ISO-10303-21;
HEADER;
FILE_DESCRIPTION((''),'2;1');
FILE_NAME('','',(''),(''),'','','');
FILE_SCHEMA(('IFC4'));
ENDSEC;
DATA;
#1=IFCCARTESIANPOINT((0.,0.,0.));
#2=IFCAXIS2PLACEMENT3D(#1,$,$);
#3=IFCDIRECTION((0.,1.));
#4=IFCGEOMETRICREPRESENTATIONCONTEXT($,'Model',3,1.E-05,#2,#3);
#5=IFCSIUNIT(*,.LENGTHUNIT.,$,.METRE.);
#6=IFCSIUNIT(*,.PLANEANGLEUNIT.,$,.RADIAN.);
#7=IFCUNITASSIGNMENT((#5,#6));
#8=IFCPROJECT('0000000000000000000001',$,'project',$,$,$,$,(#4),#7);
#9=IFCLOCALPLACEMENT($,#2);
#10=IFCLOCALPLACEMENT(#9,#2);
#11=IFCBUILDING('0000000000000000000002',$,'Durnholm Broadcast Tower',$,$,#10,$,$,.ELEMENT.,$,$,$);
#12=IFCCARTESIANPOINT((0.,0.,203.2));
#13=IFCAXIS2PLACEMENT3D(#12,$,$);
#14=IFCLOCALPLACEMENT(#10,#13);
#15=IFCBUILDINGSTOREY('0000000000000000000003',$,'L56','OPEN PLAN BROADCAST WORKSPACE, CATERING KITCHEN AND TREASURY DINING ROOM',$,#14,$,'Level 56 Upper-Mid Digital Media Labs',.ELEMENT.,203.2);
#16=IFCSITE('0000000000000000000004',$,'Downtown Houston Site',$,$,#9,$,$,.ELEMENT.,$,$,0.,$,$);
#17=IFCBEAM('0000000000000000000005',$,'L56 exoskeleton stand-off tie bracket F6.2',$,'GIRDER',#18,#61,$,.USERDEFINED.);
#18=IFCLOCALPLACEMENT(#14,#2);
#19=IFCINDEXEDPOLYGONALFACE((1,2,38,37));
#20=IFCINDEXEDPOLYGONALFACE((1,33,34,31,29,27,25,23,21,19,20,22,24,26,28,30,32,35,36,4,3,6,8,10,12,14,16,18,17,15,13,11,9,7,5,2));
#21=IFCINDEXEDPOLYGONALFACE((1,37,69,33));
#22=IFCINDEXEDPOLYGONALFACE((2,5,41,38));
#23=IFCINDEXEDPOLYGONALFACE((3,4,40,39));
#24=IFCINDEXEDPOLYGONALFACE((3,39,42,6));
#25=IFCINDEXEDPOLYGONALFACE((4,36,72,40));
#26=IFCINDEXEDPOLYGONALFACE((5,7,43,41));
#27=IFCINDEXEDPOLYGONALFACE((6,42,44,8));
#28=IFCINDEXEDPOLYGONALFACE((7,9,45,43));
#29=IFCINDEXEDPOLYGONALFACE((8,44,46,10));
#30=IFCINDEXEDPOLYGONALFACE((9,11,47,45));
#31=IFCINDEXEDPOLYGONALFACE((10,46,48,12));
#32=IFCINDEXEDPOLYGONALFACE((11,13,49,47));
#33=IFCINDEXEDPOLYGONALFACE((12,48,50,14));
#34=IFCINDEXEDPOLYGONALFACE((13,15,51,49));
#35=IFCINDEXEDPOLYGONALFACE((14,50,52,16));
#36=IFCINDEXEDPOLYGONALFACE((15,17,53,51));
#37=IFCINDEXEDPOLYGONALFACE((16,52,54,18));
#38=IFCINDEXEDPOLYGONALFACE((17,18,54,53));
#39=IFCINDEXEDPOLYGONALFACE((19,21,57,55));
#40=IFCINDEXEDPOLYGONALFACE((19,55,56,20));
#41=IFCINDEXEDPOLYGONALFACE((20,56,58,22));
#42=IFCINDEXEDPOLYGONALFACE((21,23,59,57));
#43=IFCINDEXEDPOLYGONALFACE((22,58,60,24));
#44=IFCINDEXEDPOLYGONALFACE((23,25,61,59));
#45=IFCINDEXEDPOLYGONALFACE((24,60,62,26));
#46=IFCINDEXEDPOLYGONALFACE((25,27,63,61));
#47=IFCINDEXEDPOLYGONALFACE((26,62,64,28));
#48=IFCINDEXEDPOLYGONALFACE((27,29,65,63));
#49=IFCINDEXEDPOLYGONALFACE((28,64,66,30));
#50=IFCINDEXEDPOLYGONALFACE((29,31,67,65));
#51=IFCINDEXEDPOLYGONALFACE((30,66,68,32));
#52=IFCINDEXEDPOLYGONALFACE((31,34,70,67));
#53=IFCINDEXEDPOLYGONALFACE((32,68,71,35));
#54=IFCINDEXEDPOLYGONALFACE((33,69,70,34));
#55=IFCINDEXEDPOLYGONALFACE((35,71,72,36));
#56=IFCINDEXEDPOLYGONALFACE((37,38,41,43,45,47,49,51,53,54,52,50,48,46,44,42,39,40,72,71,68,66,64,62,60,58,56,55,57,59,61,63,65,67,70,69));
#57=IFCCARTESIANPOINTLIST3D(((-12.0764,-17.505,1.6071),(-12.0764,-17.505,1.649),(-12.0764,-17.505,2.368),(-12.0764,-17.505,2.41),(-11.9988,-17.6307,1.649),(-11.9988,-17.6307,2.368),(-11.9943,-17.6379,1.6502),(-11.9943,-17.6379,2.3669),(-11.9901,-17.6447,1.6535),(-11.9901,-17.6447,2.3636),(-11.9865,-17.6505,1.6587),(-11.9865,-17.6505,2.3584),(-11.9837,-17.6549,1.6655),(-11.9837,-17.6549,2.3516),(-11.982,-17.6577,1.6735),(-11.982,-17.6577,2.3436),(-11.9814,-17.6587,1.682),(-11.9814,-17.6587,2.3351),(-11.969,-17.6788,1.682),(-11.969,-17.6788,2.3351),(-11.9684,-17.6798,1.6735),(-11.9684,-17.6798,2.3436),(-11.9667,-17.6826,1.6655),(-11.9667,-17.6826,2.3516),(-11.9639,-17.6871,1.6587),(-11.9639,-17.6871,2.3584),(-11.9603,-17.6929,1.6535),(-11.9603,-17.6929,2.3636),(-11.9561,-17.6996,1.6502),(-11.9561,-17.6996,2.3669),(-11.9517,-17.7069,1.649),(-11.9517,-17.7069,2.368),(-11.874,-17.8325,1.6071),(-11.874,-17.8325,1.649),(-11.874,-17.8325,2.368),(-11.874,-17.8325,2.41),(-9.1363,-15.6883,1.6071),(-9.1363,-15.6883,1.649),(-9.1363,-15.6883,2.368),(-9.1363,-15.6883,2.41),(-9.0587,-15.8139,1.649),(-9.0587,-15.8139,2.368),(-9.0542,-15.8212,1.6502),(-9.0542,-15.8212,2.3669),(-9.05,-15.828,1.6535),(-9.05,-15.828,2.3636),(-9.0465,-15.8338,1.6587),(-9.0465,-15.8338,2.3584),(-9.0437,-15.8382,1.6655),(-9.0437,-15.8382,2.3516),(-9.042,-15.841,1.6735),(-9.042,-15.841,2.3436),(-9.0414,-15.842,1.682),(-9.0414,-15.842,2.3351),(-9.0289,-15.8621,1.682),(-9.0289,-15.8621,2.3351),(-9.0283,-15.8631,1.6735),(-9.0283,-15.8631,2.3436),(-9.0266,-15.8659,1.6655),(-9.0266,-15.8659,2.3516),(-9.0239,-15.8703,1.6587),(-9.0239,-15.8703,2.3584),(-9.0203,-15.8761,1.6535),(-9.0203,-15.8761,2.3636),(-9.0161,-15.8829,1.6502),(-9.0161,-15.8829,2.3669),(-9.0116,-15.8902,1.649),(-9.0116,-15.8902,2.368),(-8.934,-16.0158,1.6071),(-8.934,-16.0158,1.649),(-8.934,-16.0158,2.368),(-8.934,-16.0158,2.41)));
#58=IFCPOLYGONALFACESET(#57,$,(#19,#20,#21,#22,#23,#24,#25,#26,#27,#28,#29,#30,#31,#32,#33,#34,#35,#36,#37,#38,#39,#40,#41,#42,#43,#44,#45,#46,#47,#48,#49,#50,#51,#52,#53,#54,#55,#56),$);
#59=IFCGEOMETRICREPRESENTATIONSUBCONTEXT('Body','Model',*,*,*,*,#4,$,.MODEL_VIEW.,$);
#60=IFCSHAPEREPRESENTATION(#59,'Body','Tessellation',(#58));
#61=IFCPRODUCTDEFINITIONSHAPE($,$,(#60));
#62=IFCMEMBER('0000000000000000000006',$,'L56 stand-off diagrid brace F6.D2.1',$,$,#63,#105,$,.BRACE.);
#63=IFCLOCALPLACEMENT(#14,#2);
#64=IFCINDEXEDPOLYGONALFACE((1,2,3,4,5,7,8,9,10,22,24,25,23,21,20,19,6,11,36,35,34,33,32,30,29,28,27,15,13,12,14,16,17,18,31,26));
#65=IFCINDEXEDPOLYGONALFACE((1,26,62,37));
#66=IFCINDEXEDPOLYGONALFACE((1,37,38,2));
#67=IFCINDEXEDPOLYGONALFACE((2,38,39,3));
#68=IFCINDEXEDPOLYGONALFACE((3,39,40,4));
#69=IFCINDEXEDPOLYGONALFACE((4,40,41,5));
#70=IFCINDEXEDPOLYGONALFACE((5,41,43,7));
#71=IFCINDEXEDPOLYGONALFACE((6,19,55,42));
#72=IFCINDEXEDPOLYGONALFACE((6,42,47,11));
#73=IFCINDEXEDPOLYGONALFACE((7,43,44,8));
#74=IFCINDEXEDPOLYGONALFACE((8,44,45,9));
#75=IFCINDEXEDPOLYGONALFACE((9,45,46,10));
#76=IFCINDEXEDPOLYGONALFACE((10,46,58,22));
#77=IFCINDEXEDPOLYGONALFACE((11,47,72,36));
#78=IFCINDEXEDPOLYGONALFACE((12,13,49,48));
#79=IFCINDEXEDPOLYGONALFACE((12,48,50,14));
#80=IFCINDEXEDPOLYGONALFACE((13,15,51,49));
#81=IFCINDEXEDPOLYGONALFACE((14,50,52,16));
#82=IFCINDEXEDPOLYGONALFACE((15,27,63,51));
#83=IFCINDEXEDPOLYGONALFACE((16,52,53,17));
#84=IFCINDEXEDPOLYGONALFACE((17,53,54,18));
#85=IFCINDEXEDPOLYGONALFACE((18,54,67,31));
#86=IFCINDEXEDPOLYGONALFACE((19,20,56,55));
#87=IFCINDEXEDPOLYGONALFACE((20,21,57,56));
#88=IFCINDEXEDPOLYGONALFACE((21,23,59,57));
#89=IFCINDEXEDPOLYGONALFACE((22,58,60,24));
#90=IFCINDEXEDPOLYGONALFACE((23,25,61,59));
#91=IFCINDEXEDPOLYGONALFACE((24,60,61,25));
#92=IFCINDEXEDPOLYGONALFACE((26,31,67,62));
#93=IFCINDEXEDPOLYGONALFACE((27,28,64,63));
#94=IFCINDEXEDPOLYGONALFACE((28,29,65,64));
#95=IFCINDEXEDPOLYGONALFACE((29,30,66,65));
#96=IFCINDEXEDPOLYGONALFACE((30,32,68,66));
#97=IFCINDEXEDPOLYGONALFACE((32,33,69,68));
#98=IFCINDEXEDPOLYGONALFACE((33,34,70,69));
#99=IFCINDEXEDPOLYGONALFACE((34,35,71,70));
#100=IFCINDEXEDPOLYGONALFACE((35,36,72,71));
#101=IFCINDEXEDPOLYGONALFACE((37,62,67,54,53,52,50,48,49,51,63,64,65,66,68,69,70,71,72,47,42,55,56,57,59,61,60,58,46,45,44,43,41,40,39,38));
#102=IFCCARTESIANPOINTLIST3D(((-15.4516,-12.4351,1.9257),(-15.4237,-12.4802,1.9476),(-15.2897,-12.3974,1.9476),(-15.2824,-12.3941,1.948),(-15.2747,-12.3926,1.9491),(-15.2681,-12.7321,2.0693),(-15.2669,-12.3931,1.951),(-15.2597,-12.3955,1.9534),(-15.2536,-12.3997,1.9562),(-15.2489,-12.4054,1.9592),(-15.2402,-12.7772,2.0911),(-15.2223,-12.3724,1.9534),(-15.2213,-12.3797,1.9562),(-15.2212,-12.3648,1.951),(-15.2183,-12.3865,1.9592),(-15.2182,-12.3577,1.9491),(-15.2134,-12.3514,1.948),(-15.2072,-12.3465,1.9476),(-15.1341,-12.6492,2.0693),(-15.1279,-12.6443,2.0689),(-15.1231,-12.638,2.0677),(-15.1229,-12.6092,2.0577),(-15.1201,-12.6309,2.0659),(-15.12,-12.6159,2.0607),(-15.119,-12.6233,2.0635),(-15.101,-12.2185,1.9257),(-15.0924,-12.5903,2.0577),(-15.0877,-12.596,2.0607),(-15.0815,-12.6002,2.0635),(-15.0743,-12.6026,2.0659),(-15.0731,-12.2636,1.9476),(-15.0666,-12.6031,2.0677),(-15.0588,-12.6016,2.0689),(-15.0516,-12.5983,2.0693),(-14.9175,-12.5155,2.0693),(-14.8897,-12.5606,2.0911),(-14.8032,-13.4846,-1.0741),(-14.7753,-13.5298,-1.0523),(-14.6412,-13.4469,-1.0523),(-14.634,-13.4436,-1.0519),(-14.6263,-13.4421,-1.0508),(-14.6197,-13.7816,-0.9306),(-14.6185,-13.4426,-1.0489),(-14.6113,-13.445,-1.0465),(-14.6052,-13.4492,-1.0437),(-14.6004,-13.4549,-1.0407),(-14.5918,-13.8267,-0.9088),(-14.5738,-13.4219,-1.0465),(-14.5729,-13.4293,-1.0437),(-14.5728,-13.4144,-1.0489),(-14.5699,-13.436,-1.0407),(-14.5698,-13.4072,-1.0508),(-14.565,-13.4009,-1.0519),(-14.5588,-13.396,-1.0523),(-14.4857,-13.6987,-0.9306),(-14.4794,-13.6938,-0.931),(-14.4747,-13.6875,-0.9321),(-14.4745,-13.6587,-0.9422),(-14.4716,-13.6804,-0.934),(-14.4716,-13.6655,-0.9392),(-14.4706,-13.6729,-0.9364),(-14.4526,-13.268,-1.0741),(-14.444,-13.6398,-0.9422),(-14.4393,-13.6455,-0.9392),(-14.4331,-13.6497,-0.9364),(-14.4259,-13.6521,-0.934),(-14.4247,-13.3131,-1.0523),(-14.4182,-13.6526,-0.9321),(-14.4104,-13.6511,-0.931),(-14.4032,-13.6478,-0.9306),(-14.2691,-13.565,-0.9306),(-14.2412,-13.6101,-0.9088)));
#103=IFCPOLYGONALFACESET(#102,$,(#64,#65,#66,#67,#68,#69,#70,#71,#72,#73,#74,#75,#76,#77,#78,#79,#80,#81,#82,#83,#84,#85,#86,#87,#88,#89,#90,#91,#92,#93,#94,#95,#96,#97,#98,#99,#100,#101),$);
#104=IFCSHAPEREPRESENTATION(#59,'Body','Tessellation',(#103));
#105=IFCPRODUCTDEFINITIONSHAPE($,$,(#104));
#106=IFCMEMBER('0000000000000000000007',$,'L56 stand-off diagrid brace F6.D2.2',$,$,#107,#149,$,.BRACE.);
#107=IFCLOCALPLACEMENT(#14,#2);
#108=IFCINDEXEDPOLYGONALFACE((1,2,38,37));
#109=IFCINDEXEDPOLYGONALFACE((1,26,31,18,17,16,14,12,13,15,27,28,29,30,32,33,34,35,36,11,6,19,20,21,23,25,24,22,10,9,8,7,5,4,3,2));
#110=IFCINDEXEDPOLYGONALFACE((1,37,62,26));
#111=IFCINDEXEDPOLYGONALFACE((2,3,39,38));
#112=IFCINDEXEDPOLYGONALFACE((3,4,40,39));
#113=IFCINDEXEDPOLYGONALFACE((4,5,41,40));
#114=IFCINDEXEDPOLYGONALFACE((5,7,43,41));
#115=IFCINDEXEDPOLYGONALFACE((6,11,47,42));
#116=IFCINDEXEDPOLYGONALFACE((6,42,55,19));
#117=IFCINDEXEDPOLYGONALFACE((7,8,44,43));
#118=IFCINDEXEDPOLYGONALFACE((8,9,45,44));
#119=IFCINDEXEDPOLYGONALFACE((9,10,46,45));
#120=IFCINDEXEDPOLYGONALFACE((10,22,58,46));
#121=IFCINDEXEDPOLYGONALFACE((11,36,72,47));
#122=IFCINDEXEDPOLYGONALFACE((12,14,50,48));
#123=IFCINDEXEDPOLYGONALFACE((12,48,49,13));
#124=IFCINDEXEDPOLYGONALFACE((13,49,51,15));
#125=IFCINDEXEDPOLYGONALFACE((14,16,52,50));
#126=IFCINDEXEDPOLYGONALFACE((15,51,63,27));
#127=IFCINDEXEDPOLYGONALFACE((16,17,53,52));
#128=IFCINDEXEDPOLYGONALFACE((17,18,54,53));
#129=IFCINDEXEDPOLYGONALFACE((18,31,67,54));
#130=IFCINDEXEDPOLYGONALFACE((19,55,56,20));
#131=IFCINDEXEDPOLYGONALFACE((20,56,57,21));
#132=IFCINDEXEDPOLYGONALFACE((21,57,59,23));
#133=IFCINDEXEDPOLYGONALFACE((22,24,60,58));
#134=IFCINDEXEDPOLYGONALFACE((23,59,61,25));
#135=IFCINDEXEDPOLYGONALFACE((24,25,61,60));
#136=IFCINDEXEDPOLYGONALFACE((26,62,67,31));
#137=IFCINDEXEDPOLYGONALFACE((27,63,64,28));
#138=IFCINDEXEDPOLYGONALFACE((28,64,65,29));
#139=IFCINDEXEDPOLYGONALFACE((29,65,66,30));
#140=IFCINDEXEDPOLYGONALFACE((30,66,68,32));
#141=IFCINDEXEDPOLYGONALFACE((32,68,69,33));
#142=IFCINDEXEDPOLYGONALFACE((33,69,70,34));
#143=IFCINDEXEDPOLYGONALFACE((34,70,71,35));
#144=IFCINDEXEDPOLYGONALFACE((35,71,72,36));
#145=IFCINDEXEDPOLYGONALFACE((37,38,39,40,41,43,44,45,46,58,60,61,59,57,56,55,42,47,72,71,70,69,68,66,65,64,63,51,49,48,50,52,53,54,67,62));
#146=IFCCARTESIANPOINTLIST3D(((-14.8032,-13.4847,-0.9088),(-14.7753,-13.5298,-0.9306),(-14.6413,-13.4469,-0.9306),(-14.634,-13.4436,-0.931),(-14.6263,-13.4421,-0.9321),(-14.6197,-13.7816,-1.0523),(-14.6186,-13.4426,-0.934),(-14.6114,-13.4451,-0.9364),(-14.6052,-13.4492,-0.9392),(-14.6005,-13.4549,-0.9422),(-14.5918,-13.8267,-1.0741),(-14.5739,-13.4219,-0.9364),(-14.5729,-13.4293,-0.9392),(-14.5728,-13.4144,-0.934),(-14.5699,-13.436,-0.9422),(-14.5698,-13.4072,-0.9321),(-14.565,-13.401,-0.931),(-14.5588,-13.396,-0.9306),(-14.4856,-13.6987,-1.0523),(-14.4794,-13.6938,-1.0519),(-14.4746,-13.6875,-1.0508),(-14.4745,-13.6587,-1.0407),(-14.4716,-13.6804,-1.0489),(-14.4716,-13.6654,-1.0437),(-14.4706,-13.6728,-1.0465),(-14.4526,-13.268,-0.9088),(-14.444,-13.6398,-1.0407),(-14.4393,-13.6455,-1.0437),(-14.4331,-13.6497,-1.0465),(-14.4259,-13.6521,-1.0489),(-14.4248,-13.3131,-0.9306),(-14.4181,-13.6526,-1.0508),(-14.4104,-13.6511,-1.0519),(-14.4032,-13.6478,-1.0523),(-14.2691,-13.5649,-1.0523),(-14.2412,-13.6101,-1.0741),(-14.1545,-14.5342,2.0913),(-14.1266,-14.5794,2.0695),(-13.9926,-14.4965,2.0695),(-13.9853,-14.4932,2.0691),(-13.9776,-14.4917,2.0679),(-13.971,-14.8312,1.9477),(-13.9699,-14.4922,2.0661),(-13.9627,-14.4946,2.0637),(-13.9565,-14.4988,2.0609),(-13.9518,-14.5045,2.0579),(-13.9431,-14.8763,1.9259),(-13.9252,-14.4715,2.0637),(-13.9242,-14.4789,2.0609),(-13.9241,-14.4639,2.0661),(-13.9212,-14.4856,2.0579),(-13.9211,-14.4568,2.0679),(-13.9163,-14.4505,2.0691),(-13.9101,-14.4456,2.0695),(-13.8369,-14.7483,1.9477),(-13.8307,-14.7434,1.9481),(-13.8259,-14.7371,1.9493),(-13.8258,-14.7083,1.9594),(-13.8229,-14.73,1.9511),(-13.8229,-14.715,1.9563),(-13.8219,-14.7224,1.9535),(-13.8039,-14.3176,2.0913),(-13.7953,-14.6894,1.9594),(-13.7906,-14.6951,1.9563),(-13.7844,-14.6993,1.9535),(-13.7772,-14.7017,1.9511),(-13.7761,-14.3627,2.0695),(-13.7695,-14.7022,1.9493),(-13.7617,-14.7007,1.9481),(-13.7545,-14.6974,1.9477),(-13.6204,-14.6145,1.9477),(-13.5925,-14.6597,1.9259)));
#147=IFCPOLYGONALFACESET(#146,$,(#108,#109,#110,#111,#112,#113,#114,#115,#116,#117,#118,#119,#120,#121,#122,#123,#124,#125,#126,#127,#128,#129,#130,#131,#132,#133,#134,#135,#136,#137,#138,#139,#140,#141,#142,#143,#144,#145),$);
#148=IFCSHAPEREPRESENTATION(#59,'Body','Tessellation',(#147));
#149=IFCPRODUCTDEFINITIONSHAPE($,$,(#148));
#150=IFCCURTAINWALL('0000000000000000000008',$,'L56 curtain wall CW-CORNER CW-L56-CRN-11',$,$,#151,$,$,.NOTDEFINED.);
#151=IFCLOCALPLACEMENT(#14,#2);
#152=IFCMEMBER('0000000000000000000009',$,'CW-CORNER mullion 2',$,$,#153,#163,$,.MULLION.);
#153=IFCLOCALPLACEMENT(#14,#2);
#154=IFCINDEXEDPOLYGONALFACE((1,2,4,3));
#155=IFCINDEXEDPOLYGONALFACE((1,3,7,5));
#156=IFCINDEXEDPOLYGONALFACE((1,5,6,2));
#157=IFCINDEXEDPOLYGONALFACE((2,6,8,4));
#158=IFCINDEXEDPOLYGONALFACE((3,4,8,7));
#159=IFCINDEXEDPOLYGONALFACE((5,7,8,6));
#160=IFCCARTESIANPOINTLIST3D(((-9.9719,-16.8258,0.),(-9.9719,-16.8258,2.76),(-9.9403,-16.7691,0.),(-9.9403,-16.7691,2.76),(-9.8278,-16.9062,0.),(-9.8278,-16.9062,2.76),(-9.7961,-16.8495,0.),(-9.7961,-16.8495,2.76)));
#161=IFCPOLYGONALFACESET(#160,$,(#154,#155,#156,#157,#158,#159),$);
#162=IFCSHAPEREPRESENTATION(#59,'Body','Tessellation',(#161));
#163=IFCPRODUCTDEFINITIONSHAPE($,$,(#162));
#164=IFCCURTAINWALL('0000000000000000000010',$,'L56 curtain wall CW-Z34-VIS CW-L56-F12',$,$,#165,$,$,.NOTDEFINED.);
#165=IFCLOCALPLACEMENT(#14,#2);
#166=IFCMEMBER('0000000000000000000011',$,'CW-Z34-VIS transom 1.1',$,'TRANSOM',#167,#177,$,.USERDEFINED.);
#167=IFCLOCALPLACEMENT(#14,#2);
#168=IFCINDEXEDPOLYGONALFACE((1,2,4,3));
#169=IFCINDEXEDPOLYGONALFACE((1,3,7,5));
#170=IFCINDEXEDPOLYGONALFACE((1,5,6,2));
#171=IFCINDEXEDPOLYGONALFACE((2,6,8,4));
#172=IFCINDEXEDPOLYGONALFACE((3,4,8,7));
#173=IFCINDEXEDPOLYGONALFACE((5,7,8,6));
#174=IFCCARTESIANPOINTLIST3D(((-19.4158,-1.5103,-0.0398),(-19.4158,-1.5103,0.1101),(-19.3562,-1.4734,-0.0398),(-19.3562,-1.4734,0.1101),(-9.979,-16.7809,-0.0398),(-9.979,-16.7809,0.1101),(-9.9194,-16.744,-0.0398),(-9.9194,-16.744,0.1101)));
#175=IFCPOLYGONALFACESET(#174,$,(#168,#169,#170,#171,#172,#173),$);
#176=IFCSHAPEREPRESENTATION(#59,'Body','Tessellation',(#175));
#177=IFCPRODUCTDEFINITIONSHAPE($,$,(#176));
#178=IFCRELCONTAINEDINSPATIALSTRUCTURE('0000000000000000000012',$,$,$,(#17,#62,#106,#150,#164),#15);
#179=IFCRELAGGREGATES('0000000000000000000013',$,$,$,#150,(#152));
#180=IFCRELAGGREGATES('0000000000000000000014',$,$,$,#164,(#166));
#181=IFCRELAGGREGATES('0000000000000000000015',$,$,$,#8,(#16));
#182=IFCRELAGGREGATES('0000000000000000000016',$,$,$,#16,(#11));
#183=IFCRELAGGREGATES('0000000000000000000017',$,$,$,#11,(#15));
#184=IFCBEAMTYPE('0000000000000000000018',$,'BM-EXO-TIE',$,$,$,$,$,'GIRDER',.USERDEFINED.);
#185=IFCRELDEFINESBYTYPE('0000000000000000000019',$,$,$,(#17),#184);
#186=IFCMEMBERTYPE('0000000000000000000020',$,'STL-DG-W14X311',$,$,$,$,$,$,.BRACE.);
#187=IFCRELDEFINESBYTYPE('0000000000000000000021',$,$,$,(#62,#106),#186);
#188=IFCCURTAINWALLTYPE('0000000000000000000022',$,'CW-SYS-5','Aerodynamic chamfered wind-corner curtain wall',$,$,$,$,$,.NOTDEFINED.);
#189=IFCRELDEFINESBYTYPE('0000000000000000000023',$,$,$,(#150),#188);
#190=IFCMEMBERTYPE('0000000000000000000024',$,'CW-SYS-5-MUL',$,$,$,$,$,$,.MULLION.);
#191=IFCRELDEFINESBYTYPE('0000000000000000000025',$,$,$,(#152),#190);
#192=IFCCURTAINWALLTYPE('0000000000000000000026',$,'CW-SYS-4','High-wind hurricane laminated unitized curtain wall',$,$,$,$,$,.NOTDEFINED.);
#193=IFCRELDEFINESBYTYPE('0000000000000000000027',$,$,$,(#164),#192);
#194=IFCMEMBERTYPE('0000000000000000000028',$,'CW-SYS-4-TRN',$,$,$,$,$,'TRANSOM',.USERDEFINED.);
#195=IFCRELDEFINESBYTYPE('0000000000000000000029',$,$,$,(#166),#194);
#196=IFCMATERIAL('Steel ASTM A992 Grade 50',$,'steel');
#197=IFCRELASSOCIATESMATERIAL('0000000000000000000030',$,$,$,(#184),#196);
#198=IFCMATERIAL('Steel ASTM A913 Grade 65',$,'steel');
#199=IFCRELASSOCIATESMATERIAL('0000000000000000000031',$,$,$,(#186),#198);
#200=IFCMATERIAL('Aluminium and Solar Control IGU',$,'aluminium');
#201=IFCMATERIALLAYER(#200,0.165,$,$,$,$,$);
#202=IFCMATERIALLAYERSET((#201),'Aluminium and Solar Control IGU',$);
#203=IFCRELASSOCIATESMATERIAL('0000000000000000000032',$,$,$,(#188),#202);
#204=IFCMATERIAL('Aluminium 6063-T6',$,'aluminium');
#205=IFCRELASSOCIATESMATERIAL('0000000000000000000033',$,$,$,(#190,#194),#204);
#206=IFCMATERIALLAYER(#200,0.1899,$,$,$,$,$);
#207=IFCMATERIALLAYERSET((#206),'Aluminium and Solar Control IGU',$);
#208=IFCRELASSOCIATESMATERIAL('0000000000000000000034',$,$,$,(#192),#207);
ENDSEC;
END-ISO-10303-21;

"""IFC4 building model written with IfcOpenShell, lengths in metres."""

from ifc_helpers import new_model, si_unit, direction, frame, origin, origin_2d, place, context, subcontext, project, spatial, rectangle, i_section, extrude, source, transform, mapped, material, layer, layer_set, material_profile, profile_set, type_object, type_shapes, element, aggregate, save


model = new_model("IFC4")

# Units and contexts
model_context = context("Model", 3, precision=1e-05, world=origin(), true_north=direction((0.0, 1.0)))
body_context = subcontext(model_context, "Body", "Model", "MODEL_VIEW")
ifc_project = project(units=[si_unit("LENGTHUNIT", "METRE"), si_unit("PLANEANGLEUNIT", "RADIAN")], contexts=[model_context])

# Site, building, storey
site_placement = place(None, origin())
site = spatial("IfcSite", under=ifc_project, at=site_placement, Name="Downtown Houston Site", CompositionType="ELEMENT", RefElevation=0.0)
building_placement = place(site_placement, origin())
building = spatial("IfcBuilding", under=site, at=building_placement, Name="Durnholm Broadcast Tower", CompositionType="ELEMENT")
storey_placement = place(building_placement, frame((0.0, 0.0, 203.2)))
storey = spatial("IfcBuildingStorey", under=building, at=storey_placement, Name="L56", Description="OPEN PLAN BROADCAST WORKSPACE, CATERING KITCHEN AND TREASURY DINING ROOM", LongName="Level 56 Upper-Mid Digital Media Labs", CompositionType="ELEMENT", Elevation=203.2)

# Beam
ifc_material_1 = material(Name="Steel ASTM A992 Grade 50", Category="steel")
ifc_material_profile_1 = material_profile(ifc_material_1, i_section(OverallWidth=0.385, OverallDepth=0.803, WebThickness=0.0237, FlangeThickness=0.042, FilletRadius=0.033, at=origin_2d()), Name="W30X261")
ifc_profile_set_1 = profile_set([ifc_material_profile_1], Name="Steel ASTM A992 Grade 50")
beam_type = type_object("IfcBeamType", Name="BM-EXO-TIE", ElementType="GIRDER", PredefinedType="USERDEFINED", material=ifc_profile_set_1)
shared_shape_1 = source(origin(), body_context, "Body", "SweptSolid", [
    extrude(i_section(OverallWidth=0.385, OverallDepth=0.803, WebThickness=0.0237, FlangeThickness=0.042, FilletRadius=0.033, at=origin_2d()), origin(), (0.0, 0.0, 1.0), 3.4561),
])
type_shapes(beam_type, [shared_shape_1])
beam_placement = place(storey_placement, frame((-9.0352, -15.8521, 2.0085), z_axis=(-0.850694, -0.525661, 0.0), x_axis=(0.525661, -0.850694, 0.0)))
element("IfcBeam", 1, at=beam_placement, inside=storey, type_object=beam_type, Name="L56 exoskeleton stand-off tie bracket F6.2", ObjectType="GIRDER", PredefinedType="USERDEFINED", context=body_context, shape_type="MappedRepresentation", body=[
    mapped(shared_shape_1, transform((0.0, 0.0, 0.0), x_axis=(1.0, 0.0, 0.0), y_axis=(0.0, 1.0, 0.0), z_axis=(0.0, 0.0, 1.0), scale=1.0)),
])

# Members
ifc_material_2 = material(Name="Steel ASTM A913 Grade 65", Category="steel")
ifc_material_profile_2 = material_profile(ifc_material_2, i_section(OverallWidth=0.4121, OverallDepth=0.4348, WebThickness=0.0359, FlangeThickness=0.0574, FilletRadius=0.0305, at=origin_2d()), Name="W14X311")
ifc_profile_set_2 = profile_set([ifc_material_profile_2], Name="Steel ASTM A913 Grade 65")
member_type_1 = type_object("IfcMemberType", Name="STL-DG-W14X311", PredefinedType="BRACE", material=ifc_profile_set_2)
shared_shape_2 = source(origin(), body_context, "Body", "SweptSolid", [
    extrude(i_section(OverallWidth=0.4121, OverallDepth=0.4348, WebThickness=0.0359, FlangeThickness=0.0574, FilletRadius=0.0305, at=origin_2d()), origin(), (0.0, 0.0, 1.0), 3.2437),
])
member_1_placement = place(storey_placement, frame((-14.5222, -13.5474, -0.9915), z_axis=(-0.199902, 0.323562, 0.92485), x_axis=(-0.850733, -0.525598, 0.0)))
element("IfcMember", 2, at=member_1_placement, inside=storey, type_object=member_type_1, Name="L56 stand-off diagrid brace F6.D2.1", PredefinedType="BRACE", context=body_context, shape_type="MappedRepresentation", body=[
    mapped(shared_shape_2, transform((0.0, 0.0, 0.0), x_axis=(1.0, 0.0, 0.0), y_axis=(0.0, 1.0, 0.0), z_axis=(0.0, 0.0, 1.0), scale=1.0)),
])
shared_shape_3 = source(origin(), body_context, "Body", "SweptSolid", [
    extrude(i_section(OverallWidth=0.4121, OverallDepth=0.4348, WebThickness=0.0359, FlangeThickness=0.0574, FilletRadius=0.0305, at=origin_2d()), origin(), (0.0, 0.0, 1.0), 3.2439),
])
type_shapes(member_type_1, [shared_shape_2, shared_shape_3])
member_2_placement = place(storey_placement, frame((-14.5222, -13.5474, -0.9915), z_axis=(0.199975, -0.323557, 0.924836), x_axis=(0.850644, 0.525741, 0.0)))
element("IfcMember", 3, at=member_2_placement, inside=storey, type_object=member_type_1, Name="L56 stand-off diagrid brace F6.D2.2", PredefinedType="BRACE", context=body_context, shape_type="MappedRepresentation", body=[
    mapped(shared_shape_3, transform((0.0, 0.0, 0.0), x_axis=(1.0, 0.0, 0.0), y_axis=(0.0, 1.0, 0.0), z_axis=(0.0, 0.0, 1.0), scale=1.0)),
])

# Curtain wall, member
ifc_material_3 = material(Name="Aluminium and Solar Control IGU", Category="aluminium")
ifc_layer_1 = layer(ifc_material_3, 0.165)
ifc_layer_set_1 = layer_set([ifc_layer_1], Name="Aluminium and Solar Control IGU")
curtain_wall_type_1 = type_object("IfcCurtainWallType", Name="CW-SYS-5", Description="Aerodynamic chamfered wind-corner curtain wall", PredefinedType="NOTDEFINED", material=ifc_layer_set_1)
curtain_wall_1_placement = place(storey_placement, origin())
curtain_wall_1 = element("IfcCurtainWall", 4, at=curtain_wall_1_placement, inside=storey, type_object=curtain_wall_type_1, Name="L56 curtain wall CW-CORNER CW-L56-CRN-11", PredefinedType="NOTDEFINED")
ifc_material_4 = material(Name="Aluminium 6063-T6", Category="aluminium")
ifc_material_profile_3 = material_profile(ifc_material_4, rectangle(XDim=0.0649, YDim=0.165, at=origin_2d()), Name="CWM65X165")
ifc_profile_set_3 = profile_set([ifc_material_profile_3], Name="Aluminium 6063-T6")
member_type_2 = type_object("IfcMemberType", Name="CW-SYS-5-MUL", PredefinedType="MULLION", material=ifc_profile_set_3)
shared_shape_4 = source(origin(), body_context, "Body", "SweptSolid", [
    extrude(rectangle(XDim=0.0649, YDim=0.165, at=origin_2d()), origin(), (0.0, 0.0, 1.0), 2.76),
])
type_shapes(member_type_2, [shared_shape_4])
member_3_placement = place(storey_placement, frame((-9.884, -16.8376, 0.0), z_axis=(0.0, 0.0, 1.0), x_axis=(-0.486986, -0.87341, 0.0)))
member_3 = element("IfcMember", 5, at=member_3_placement, type_object=member_type_2, Name="CW-CORNER mullion 2", PredefinedType="MULLION", context=body_context, shape_type="MappedRepresentation", body=[
    mapped(shared_shape_4, transform((0.0, 0.0, 0.0), x_axis=(1.0, 0.0, 0.0), y_axis=(0.0, 1.0, 0.0), z_axis=(0.0, 0.0, 1.0), scale=1.0)),
])
aggregate(curtain_wall_1, [member_3])

# Curtain wall, member
ifc_layer_2 = layer(ifc_material_3, 0.1899)
ifc_layer_set_2 = layer_set([ifc_layer_2], Name="Aluminium and Solar Control IGU")
curtain_wall_type_2 = type_object("IfcCurtainWallType", Name="CW-SYS-4", Description="High-wind hurricane laminated unitized curtain wall", PredefinedType="NOTDEFINED", material=ifc_layer_set_2)
curtain_wall_2_placement = place(storey_placement, origin())
curtain_wall_2 = element("IfcCurtainWall", 6, at=curtain_wall_2_placement, inside=storey, type_object=curtain_wall_type_2, Name="L56 curtain wall CW-Z34-VIS CW-L56-F12", PredefinedType="NOTDEFINED")
ifc_material_profile_4 = material_profile(ifc_material_4, rectangle(XDim=0.0701, YDim=0.1499, at=origin_2d()), Name="CWT70X150")
ifc_profile_set_4 = profile_set([ifc_material_profile_4], Name="Aluminium 6063-T6")
member_type_3 = type_object("IfcMemberType", Name="CW-SYS-4-TRN", ElementType="TRANSOM", PredefinedType="USERDEFINED", material=ifc_profile_set_4)
shared_shape_5 = source(origin(), body_context, "Body", "SweptSolid", [
    extrude(rectangle(XDim=0.0701, YDim=0.1499, at=origin_2d()), origin(), (0.0, 0.0, 1.0), 17.9512),
])
type_shapes(member_type_3, [shared_shape_5])
member_4_placement = place(storey_placement, frame((-9.9492, -16.7625, 0.0352), z_axis=(-0.525694, 0.850674, 0.0), x_axis=(-0.850674, -0.525694, 0.0)))
member_4 = element("IfcMember", 7, at=member_4_placement, type_object=member_type_3, Name="CW-Z34-VIS transom 1.1", ObjectType="TRANSOM", PredefinedType="USERDEFINED", context=body_context, shape_type="MappedRepresentation", body=[
    mapped(shared_shape_5, transform((0.0, 0.0, 0.0), x_axis=(1.0, 0.0, 0.0), y_axis=(0.0, 1.0, 0.0), z_axis=(0.0, 0.0, 1.0), scale=1.0)),
])
aggregate(curtain_wall_2, [member_4])

save(model, "model.ifc")
